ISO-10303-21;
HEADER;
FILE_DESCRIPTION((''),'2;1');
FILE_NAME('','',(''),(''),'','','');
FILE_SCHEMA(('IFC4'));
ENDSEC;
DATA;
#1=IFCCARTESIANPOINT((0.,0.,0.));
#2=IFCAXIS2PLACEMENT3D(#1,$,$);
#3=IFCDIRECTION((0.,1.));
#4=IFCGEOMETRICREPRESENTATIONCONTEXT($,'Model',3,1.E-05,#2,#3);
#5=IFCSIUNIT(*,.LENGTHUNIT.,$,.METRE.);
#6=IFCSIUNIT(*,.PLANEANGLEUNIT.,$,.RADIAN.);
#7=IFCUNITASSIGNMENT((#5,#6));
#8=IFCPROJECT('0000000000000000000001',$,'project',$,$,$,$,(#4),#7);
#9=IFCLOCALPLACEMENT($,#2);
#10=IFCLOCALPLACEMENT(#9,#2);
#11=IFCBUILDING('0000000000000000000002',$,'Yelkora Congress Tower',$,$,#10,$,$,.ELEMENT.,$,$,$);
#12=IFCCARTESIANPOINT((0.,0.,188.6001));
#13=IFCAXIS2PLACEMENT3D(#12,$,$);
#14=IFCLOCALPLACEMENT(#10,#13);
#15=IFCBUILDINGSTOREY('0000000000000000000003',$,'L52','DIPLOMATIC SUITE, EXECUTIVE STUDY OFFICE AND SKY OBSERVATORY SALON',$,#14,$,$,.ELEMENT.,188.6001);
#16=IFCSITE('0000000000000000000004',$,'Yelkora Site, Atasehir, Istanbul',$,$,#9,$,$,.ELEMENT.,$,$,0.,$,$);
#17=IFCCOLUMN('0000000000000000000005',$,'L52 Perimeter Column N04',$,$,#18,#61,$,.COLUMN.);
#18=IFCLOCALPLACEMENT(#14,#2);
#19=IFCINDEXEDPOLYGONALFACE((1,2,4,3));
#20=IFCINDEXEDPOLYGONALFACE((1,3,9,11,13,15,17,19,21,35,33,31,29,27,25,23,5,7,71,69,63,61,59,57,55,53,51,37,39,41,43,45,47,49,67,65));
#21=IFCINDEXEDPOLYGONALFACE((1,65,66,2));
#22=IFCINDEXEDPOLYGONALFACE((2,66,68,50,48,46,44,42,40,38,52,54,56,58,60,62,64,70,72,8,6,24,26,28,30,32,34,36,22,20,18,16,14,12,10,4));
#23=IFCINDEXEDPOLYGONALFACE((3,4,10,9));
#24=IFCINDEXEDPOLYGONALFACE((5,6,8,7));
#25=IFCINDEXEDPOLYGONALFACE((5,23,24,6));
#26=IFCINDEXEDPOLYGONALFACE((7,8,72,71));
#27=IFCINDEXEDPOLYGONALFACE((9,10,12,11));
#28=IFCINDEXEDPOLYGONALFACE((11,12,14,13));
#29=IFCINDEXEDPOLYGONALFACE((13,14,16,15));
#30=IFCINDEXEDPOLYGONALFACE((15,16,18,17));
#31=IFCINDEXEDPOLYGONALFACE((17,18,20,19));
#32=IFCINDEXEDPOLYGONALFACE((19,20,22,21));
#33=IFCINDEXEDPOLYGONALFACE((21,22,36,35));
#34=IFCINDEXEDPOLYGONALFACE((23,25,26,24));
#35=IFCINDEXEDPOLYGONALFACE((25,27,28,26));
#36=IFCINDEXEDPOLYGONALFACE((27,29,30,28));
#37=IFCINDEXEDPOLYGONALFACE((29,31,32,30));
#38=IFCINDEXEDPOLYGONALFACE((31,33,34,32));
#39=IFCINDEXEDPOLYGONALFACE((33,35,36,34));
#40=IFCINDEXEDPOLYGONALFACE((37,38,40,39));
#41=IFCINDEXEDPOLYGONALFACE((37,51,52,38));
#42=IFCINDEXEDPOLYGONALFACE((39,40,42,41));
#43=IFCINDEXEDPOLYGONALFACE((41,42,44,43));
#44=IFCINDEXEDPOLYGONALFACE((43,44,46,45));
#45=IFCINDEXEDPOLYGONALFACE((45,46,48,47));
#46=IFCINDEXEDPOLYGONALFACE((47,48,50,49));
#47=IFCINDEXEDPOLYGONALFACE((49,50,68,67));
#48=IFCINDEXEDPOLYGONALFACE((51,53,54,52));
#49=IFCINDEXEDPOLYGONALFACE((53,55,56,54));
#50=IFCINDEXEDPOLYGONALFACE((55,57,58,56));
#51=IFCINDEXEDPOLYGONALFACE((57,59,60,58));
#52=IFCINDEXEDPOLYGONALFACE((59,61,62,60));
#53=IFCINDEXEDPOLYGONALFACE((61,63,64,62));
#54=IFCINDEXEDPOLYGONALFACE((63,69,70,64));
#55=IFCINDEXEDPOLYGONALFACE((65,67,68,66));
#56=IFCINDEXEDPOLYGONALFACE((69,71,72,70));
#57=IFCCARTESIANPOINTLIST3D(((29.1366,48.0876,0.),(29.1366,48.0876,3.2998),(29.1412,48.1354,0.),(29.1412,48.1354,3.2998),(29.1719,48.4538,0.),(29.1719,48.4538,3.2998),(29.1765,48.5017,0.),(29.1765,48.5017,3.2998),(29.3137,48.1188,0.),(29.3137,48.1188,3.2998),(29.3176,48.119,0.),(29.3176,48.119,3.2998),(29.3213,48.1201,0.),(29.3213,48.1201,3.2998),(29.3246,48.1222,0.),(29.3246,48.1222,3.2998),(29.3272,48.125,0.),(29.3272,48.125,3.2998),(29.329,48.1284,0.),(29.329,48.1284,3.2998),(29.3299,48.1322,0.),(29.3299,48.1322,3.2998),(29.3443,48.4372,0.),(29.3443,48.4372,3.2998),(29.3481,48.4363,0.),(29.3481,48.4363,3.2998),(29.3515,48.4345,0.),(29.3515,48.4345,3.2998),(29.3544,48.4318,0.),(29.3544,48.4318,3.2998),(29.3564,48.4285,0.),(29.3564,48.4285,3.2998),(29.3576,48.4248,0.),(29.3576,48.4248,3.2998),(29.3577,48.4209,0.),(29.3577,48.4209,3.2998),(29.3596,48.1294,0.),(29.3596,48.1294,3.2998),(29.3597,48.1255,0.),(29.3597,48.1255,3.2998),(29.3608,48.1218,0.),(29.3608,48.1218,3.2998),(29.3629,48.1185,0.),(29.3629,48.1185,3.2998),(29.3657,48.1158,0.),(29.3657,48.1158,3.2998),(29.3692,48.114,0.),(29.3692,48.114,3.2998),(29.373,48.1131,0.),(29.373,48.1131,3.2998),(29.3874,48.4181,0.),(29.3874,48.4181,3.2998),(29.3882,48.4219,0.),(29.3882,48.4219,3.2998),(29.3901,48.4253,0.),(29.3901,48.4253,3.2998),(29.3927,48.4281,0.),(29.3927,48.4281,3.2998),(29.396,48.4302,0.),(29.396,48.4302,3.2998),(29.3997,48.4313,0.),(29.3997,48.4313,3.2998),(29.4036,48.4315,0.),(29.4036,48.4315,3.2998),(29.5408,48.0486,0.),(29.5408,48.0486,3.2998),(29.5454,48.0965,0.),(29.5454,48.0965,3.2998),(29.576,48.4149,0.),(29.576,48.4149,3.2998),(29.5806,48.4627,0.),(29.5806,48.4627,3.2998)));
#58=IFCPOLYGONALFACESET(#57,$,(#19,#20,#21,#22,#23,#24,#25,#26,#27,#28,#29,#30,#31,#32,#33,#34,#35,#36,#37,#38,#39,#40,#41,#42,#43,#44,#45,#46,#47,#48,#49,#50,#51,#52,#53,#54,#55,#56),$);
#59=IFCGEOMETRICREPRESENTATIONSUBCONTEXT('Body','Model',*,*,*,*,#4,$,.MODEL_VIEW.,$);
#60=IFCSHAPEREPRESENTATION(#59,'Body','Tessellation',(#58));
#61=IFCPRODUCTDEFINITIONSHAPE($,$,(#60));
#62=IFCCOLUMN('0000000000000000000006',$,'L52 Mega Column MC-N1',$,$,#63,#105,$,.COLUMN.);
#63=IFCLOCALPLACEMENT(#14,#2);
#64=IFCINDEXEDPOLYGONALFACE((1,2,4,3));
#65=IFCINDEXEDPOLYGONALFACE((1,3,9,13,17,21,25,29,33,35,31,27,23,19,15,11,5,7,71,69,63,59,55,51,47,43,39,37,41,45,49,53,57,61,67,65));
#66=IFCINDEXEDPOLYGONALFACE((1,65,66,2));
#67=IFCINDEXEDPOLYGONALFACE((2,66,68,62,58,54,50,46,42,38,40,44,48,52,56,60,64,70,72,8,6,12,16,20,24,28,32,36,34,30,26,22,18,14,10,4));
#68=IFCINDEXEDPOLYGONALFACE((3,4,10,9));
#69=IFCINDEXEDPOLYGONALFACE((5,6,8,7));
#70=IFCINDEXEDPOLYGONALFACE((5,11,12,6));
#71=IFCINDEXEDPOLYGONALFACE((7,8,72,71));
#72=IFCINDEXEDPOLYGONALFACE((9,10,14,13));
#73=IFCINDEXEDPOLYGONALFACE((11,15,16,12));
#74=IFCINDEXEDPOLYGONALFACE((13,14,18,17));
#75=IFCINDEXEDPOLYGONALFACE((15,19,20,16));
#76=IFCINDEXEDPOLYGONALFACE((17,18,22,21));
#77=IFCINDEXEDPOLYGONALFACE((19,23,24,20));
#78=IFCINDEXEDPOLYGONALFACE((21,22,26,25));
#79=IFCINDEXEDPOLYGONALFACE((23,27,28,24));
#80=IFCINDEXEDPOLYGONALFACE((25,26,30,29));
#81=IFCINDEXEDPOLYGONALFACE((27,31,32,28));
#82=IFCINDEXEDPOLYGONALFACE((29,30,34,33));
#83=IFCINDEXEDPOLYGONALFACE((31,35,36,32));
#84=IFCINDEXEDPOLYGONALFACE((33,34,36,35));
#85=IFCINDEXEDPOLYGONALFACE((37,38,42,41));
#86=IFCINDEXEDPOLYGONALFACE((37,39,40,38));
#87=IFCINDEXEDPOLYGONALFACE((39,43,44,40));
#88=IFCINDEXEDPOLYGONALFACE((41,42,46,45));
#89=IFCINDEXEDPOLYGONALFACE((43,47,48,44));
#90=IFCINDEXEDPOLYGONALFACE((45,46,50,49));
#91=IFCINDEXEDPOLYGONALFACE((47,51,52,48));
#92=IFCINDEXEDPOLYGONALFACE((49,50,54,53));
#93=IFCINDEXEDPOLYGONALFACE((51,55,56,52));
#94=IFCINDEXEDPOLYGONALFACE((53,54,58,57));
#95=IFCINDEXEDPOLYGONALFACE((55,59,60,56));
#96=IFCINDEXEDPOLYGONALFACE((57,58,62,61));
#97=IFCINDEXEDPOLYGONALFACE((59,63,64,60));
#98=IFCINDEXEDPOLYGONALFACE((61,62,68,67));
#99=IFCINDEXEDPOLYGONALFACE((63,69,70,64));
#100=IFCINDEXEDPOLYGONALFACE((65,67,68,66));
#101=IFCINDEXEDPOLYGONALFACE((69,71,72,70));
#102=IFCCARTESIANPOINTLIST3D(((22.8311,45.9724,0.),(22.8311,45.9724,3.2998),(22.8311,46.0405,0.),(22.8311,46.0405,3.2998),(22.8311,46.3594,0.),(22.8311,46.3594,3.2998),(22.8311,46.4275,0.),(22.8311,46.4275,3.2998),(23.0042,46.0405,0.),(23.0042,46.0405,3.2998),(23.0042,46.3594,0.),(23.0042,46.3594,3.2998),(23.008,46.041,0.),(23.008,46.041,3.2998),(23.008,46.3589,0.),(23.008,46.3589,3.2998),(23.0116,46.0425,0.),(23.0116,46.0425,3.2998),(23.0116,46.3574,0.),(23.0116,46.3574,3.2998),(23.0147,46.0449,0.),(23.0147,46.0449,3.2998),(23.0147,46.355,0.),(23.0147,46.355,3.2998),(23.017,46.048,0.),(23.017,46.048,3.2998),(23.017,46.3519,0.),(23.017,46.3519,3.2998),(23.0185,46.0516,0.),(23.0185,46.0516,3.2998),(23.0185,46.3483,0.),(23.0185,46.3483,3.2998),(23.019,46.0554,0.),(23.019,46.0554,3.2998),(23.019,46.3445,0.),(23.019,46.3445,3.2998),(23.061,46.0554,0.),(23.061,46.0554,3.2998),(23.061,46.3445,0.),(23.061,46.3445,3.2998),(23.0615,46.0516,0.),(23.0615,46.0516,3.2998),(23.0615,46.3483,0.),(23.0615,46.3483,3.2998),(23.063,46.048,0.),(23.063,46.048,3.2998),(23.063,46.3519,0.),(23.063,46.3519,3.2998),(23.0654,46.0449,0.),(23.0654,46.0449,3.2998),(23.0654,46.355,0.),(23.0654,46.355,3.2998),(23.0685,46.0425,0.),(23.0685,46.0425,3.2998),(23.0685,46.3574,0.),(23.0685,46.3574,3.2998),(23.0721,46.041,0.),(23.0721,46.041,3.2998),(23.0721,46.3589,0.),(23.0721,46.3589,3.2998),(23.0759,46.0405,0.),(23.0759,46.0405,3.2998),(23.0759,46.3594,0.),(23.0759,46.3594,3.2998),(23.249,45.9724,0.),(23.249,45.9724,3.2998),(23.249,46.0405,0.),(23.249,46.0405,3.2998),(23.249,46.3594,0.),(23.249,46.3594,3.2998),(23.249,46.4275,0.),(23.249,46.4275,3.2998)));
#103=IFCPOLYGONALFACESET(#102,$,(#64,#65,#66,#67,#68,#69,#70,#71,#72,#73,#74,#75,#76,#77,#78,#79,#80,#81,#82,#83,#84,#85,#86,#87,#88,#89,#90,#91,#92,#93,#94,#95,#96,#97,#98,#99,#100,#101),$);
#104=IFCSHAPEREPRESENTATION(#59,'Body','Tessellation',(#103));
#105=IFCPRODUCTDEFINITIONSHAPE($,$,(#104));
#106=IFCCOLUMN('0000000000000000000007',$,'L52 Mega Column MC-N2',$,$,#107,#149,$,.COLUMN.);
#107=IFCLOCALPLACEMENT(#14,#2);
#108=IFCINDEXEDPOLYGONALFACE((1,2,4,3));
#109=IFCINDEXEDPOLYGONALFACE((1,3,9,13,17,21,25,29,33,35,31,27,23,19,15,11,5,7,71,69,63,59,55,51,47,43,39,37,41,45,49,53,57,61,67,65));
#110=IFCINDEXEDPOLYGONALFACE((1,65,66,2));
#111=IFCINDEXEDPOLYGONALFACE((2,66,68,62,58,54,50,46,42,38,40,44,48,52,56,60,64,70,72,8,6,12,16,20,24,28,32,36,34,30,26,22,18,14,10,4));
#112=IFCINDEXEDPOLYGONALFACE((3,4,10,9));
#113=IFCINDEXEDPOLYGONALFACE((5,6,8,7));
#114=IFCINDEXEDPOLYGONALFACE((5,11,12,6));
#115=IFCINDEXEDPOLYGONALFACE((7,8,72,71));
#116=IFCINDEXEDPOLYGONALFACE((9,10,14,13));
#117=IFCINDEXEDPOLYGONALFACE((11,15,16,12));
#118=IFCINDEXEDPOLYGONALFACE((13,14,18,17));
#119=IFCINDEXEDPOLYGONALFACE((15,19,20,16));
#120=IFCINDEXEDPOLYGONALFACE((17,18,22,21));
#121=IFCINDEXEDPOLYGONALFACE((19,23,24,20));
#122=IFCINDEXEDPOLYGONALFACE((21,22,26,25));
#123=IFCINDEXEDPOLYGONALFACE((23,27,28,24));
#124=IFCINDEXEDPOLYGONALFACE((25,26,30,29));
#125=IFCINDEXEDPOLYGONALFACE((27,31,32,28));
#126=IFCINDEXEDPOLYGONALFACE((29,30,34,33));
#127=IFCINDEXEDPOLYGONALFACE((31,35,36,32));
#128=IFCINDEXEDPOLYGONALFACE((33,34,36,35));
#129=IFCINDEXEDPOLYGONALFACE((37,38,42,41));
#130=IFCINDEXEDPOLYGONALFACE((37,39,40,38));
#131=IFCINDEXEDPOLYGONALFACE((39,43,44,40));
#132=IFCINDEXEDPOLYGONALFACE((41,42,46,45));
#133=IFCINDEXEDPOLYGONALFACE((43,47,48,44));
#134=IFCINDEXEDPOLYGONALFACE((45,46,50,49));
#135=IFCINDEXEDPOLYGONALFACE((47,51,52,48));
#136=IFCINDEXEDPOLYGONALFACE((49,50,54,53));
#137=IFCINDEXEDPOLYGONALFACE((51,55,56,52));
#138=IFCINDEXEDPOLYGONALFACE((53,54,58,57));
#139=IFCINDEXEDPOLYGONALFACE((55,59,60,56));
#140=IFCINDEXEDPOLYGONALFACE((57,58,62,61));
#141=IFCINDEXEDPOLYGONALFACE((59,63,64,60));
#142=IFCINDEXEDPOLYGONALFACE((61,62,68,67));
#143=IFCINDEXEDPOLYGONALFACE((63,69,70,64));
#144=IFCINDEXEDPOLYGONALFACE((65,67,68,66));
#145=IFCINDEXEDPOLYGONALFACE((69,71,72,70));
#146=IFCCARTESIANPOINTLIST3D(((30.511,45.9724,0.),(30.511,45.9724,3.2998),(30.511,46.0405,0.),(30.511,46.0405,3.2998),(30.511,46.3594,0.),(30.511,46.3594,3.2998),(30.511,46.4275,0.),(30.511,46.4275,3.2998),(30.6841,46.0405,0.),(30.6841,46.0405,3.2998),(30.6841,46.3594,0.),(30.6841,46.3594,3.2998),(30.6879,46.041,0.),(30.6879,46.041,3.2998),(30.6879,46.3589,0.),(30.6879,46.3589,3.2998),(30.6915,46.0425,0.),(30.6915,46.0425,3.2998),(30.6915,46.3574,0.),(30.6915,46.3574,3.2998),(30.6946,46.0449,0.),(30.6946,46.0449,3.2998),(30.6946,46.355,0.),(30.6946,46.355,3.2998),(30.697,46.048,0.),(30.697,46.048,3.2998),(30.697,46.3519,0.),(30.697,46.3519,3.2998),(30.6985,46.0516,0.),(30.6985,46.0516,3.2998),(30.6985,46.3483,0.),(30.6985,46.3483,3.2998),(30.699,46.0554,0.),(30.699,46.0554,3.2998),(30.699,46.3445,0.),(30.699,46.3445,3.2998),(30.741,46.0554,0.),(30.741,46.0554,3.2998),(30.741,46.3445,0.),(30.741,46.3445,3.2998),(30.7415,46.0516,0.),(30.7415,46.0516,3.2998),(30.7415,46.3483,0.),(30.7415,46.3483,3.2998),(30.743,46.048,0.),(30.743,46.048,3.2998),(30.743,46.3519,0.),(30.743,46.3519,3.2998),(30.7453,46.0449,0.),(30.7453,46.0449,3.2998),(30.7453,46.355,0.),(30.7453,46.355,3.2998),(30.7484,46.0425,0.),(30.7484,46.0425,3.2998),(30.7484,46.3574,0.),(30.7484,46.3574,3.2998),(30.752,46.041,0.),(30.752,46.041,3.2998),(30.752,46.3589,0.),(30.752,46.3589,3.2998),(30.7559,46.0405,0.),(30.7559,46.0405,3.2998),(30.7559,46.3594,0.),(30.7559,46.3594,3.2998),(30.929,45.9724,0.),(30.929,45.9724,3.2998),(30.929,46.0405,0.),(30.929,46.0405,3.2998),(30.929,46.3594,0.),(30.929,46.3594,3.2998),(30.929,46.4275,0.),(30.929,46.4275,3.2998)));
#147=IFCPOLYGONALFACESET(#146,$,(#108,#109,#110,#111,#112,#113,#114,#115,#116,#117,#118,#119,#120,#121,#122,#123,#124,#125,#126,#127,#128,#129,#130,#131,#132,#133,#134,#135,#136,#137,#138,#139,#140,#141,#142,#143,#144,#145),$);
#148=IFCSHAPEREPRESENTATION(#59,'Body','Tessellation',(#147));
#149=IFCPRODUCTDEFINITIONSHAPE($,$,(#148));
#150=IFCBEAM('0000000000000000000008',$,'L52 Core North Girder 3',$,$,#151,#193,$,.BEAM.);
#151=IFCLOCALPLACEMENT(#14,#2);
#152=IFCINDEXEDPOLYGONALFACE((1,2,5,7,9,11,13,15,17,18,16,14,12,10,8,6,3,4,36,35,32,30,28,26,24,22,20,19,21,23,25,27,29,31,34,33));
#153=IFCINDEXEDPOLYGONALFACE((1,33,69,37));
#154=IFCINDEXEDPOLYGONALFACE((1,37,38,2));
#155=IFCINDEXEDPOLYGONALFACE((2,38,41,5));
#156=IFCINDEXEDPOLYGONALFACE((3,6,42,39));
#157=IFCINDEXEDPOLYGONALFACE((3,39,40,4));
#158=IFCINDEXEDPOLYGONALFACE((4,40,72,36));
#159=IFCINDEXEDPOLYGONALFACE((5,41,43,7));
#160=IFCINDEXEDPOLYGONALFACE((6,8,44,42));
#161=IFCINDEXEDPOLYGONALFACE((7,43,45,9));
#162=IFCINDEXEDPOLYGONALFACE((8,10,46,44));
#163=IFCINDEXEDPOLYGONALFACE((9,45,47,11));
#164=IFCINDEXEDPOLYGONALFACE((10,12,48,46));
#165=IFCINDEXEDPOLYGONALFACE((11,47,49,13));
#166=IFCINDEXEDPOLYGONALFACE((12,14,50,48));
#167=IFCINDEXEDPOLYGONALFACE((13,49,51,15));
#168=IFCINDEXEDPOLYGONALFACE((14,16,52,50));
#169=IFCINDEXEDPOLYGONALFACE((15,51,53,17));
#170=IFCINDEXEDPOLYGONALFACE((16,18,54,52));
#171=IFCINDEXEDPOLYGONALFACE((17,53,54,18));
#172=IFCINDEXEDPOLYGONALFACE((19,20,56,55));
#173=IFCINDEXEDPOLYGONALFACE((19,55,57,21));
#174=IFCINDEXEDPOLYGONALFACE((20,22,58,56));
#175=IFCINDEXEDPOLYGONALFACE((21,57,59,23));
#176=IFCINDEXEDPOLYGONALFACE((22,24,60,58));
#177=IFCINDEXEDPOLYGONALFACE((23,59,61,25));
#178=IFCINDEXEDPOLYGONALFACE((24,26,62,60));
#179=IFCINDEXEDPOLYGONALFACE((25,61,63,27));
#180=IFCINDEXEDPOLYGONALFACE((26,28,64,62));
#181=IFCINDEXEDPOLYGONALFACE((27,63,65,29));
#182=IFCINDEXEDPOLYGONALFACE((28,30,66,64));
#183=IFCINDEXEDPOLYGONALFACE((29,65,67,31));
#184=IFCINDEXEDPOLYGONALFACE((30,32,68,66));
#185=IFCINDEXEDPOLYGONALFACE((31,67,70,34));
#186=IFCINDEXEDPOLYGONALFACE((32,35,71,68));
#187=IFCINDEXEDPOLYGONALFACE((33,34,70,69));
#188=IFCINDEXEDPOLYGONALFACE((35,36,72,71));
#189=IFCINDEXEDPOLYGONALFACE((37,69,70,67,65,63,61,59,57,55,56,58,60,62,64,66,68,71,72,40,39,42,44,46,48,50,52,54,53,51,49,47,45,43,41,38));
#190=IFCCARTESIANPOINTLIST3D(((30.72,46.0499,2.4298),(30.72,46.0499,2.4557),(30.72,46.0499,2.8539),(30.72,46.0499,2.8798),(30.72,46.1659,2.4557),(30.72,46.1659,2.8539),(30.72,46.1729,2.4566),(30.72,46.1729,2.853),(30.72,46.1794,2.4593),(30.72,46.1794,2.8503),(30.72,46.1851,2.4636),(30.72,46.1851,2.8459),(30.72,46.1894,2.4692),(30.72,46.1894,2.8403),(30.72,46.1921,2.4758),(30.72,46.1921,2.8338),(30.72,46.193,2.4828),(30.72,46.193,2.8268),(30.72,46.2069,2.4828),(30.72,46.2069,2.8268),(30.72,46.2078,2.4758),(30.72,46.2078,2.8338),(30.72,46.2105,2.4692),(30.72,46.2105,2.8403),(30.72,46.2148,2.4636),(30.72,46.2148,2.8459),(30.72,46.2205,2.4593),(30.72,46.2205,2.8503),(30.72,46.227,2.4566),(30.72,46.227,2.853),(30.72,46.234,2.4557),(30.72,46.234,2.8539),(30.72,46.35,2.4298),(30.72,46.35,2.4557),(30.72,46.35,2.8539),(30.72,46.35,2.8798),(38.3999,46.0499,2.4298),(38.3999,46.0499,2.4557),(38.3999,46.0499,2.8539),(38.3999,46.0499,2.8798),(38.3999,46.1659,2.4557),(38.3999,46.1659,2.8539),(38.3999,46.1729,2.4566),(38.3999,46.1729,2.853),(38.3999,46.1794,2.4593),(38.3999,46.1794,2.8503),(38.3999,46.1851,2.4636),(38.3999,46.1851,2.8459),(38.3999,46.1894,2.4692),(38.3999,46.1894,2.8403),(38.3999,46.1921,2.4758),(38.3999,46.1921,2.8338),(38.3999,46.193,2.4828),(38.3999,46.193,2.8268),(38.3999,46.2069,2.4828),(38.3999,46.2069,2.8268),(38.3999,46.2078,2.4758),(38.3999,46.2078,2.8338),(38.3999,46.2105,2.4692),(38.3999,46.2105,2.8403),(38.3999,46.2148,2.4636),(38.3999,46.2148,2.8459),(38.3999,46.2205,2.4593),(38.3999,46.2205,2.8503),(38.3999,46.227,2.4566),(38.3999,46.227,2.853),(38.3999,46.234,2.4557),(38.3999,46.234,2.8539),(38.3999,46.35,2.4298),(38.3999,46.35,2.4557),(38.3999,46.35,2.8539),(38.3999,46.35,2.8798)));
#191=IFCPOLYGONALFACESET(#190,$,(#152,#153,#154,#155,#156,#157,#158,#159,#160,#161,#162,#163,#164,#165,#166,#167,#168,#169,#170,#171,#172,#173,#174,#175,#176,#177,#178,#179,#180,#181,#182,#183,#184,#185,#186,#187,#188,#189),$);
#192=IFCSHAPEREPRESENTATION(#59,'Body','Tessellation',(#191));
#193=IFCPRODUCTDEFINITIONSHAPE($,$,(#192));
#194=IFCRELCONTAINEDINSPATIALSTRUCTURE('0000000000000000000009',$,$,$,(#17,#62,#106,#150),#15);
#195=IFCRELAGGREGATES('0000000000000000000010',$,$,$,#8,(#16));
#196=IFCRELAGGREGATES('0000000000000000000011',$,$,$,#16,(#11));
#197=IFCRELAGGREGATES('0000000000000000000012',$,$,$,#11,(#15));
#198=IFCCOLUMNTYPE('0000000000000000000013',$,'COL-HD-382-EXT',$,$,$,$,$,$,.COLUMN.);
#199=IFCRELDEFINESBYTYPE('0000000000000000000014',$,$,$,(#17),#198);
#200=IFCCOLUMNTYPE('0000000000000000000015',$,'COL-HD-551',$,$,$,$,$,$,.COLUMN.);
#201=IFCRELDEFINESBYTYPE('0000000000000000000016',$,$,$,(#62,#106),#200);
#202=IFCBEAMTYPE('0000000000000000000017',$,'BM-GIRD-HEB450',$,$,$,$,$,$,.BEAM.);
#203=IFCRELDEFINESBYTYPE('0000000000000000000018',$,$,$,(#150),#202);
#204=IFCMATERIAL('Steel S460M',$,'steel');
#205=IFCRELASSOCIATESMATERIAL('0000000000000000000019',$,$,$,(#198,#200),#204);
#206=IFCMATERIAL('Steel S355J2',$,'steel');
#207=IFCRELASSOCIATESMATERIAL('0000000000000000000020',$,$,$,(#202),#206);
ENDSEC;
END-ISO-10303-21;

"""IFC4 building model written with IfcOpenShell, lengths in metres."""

from ifc_helpers import new_model, si_unit, direction, frame, origin, origin_2d, place, context, subcontext, project, spatial, i_section, extrude, material, material_profile, profile_set, type_object, element, save


model = new_model("IFC4")

# Units and contexts
model_context = context("Model", 3, precision=1e-05, world=origin(), true_north=direction((0.0, 1.0)))
body_context = subcontext(model_context, "Body", "Model", "MODEL_VIEW")
ifc_project = project(units=[si_unit("LENGTHUNIT", "METRE"), si_unit("PLANEANGLEUNIT", "RADIAN")], contexts=[model_context])

# Site, building, storey
site_placement = place(None, origin())
site = spatial("IfcSite", under=ifc_project, at=site_placement, Name="Yelkora Site, Atasehir, Istanbul", CompositionType="ELEMENT", RefElevation=0.0)
building_placement = place(site_placement, origin())
building = spatial("IfcBuilding", under=site, at=building_placement, Name="Yelkora Congress Tower", CompositionType="ELEMENT")
storey_placement = place(building_placement, frame((0.0, 0.0, 188.6001)))
storey = spatial("IfcBuildingStorey", under=building, at=storey_placement, Name="L52", Description="DIPLOMATIC SUITE, EXECUTIVE STUDY OFFICE AND SKY OBSERVATORY SALON", CompositionType="ELEMENT", Elevation=188.6001)

# Columns
ifc_material_1 = material(Name="Steel S460M", Category="steel")
ifc_material_profile_1 = material_profile(ifc_material_1, i_section(OverallWidth=0.406, OverallDepth=0.416, WebThickness=0.0298, FlangeThickness=0.0481, FilletRadius=0.0149, at=origin_2d()), Name="HD 400x382")
ifc_profile_set_1 = profile_set([ifc_material_profile_1], Name="Steel S460M")
column_type_1 = type_object("IfcColumnType", Name="COL-HD-382-EXT", PredefinedType="COLUMN", material=ifc_profile_set_1)
column_placement = place(storey_placement, frame((29.3586, 48.2751, 0.0), z_axis=(0.0, 0.0, 1.0), x_axis=(0.995396, -0.095846, 0.0)))
element("IfcColumn", 1, at=column_placement, inside=storey, type_object=column_type_1, Name="L52 Perimeter Column N04", PredefinedType="COLUMN", context=body_context, shape_type="SweptSolid", body=[
    extrude(i_section(OverallWidth=0.406, OverallDepth=0.416, WebThickness=0.0298, FlangeThickness=0.0481, FilletRadius=0.0149, at=origin_2d()), origin(), (0.0, 0.0, 1.0), 3.2998),
])
ifc_material_profile_2 = material_profile(ifc_material_1, i_section(OverallWidth=0.418, OverallDepth=0.4551, WebThickness=0.042, FlangeThickness=0.0681, FilletRadius=0.0149, at=origin_2d()), Name="HD 400x551")
ifc_profile_set_2 = profile_set([ifc_material_profile_2], Name="Steel S460M")
column_type_2 = type_object("IfcColumnType", Name="COL-HD-551", PredefinedType="COLUMN", material=ifc_profile_set_2)
for number, where, z_axis, x_axis, name in (
    (2, (23.04, 46.2, 0.0), (0.0, 0.0, 1.0), (1.0, 0.0, 0.0), "L52 Mega Column MC-N1"),
    (3, (30.72, 46.2, 0.0), (0.0, 0.0, 1.0), (1.0, 0.0, 0.0), "L52 Mega Column MC-N2"),
):
    element("IfcColumn", number, at=place(storey_placement, frame(where, z_axis=z_axis, x_axis=x_axis)), inside=storey, type_object=column_type_2, Name=name, PredefinedType="COLUMN", context=body_context, shape_type="SweptSolid", body=[
        extrude(i_section(OverallWidth=0.418, OverallDepth=0.4551, WebThickness=0.042, FlangeThickness=0.0681, FilletRadius=0.0149, at=origin_2d()), origin(), (0.0, 0.0, 1.0), 3.2998),
    ])

# Beam
ifc_material_2 = material(Name="Steel S355J2", Category="steel")
ifc_material_profile_3 = material_profile(ifc_material_2, i_section(OverallWidth=0.3, OverallDepth=0.45, WebThickness=0.0139, FlangeThickness=0.0259, FilletRadius=0.0271, at=origin_2d()), Name="HEB 450")
ifc_profile_set_3 = profile_set([ifc_material_profile_3], Name="Steel S355J2")
beam_type_1 = type_object("IfcBeamType", Name="BM-GIRD-HEB450", PredefinedType="BEAM", material=ifc_profile_set_3)
beam_1_placement = place(storey_placement, frame((30.72, 46.2, 2.6548), z_axis=(1.0, 0.0, 0.0), x_axis=(0.0, 1.0, 0.0)))
element("IfcBeam", 4, at=beam_1_placement, inside=storey, type_object=beam_type_1, Name="L52 Core North Girder 3", PredefinedType="BEAM", context=body_context, shape_type="SweptSolid", body=[
    extrude(i_section(OverallWidth=0.3, OverallDepth=0.45, WebThickness=0.0139, FlangeThickness=0.0259, FilletRadius=0.0271, at=origin_2d()), origin(), (0.0, 0.0, 1.0), 7.6799),
])

save(model, "model.ifc")
